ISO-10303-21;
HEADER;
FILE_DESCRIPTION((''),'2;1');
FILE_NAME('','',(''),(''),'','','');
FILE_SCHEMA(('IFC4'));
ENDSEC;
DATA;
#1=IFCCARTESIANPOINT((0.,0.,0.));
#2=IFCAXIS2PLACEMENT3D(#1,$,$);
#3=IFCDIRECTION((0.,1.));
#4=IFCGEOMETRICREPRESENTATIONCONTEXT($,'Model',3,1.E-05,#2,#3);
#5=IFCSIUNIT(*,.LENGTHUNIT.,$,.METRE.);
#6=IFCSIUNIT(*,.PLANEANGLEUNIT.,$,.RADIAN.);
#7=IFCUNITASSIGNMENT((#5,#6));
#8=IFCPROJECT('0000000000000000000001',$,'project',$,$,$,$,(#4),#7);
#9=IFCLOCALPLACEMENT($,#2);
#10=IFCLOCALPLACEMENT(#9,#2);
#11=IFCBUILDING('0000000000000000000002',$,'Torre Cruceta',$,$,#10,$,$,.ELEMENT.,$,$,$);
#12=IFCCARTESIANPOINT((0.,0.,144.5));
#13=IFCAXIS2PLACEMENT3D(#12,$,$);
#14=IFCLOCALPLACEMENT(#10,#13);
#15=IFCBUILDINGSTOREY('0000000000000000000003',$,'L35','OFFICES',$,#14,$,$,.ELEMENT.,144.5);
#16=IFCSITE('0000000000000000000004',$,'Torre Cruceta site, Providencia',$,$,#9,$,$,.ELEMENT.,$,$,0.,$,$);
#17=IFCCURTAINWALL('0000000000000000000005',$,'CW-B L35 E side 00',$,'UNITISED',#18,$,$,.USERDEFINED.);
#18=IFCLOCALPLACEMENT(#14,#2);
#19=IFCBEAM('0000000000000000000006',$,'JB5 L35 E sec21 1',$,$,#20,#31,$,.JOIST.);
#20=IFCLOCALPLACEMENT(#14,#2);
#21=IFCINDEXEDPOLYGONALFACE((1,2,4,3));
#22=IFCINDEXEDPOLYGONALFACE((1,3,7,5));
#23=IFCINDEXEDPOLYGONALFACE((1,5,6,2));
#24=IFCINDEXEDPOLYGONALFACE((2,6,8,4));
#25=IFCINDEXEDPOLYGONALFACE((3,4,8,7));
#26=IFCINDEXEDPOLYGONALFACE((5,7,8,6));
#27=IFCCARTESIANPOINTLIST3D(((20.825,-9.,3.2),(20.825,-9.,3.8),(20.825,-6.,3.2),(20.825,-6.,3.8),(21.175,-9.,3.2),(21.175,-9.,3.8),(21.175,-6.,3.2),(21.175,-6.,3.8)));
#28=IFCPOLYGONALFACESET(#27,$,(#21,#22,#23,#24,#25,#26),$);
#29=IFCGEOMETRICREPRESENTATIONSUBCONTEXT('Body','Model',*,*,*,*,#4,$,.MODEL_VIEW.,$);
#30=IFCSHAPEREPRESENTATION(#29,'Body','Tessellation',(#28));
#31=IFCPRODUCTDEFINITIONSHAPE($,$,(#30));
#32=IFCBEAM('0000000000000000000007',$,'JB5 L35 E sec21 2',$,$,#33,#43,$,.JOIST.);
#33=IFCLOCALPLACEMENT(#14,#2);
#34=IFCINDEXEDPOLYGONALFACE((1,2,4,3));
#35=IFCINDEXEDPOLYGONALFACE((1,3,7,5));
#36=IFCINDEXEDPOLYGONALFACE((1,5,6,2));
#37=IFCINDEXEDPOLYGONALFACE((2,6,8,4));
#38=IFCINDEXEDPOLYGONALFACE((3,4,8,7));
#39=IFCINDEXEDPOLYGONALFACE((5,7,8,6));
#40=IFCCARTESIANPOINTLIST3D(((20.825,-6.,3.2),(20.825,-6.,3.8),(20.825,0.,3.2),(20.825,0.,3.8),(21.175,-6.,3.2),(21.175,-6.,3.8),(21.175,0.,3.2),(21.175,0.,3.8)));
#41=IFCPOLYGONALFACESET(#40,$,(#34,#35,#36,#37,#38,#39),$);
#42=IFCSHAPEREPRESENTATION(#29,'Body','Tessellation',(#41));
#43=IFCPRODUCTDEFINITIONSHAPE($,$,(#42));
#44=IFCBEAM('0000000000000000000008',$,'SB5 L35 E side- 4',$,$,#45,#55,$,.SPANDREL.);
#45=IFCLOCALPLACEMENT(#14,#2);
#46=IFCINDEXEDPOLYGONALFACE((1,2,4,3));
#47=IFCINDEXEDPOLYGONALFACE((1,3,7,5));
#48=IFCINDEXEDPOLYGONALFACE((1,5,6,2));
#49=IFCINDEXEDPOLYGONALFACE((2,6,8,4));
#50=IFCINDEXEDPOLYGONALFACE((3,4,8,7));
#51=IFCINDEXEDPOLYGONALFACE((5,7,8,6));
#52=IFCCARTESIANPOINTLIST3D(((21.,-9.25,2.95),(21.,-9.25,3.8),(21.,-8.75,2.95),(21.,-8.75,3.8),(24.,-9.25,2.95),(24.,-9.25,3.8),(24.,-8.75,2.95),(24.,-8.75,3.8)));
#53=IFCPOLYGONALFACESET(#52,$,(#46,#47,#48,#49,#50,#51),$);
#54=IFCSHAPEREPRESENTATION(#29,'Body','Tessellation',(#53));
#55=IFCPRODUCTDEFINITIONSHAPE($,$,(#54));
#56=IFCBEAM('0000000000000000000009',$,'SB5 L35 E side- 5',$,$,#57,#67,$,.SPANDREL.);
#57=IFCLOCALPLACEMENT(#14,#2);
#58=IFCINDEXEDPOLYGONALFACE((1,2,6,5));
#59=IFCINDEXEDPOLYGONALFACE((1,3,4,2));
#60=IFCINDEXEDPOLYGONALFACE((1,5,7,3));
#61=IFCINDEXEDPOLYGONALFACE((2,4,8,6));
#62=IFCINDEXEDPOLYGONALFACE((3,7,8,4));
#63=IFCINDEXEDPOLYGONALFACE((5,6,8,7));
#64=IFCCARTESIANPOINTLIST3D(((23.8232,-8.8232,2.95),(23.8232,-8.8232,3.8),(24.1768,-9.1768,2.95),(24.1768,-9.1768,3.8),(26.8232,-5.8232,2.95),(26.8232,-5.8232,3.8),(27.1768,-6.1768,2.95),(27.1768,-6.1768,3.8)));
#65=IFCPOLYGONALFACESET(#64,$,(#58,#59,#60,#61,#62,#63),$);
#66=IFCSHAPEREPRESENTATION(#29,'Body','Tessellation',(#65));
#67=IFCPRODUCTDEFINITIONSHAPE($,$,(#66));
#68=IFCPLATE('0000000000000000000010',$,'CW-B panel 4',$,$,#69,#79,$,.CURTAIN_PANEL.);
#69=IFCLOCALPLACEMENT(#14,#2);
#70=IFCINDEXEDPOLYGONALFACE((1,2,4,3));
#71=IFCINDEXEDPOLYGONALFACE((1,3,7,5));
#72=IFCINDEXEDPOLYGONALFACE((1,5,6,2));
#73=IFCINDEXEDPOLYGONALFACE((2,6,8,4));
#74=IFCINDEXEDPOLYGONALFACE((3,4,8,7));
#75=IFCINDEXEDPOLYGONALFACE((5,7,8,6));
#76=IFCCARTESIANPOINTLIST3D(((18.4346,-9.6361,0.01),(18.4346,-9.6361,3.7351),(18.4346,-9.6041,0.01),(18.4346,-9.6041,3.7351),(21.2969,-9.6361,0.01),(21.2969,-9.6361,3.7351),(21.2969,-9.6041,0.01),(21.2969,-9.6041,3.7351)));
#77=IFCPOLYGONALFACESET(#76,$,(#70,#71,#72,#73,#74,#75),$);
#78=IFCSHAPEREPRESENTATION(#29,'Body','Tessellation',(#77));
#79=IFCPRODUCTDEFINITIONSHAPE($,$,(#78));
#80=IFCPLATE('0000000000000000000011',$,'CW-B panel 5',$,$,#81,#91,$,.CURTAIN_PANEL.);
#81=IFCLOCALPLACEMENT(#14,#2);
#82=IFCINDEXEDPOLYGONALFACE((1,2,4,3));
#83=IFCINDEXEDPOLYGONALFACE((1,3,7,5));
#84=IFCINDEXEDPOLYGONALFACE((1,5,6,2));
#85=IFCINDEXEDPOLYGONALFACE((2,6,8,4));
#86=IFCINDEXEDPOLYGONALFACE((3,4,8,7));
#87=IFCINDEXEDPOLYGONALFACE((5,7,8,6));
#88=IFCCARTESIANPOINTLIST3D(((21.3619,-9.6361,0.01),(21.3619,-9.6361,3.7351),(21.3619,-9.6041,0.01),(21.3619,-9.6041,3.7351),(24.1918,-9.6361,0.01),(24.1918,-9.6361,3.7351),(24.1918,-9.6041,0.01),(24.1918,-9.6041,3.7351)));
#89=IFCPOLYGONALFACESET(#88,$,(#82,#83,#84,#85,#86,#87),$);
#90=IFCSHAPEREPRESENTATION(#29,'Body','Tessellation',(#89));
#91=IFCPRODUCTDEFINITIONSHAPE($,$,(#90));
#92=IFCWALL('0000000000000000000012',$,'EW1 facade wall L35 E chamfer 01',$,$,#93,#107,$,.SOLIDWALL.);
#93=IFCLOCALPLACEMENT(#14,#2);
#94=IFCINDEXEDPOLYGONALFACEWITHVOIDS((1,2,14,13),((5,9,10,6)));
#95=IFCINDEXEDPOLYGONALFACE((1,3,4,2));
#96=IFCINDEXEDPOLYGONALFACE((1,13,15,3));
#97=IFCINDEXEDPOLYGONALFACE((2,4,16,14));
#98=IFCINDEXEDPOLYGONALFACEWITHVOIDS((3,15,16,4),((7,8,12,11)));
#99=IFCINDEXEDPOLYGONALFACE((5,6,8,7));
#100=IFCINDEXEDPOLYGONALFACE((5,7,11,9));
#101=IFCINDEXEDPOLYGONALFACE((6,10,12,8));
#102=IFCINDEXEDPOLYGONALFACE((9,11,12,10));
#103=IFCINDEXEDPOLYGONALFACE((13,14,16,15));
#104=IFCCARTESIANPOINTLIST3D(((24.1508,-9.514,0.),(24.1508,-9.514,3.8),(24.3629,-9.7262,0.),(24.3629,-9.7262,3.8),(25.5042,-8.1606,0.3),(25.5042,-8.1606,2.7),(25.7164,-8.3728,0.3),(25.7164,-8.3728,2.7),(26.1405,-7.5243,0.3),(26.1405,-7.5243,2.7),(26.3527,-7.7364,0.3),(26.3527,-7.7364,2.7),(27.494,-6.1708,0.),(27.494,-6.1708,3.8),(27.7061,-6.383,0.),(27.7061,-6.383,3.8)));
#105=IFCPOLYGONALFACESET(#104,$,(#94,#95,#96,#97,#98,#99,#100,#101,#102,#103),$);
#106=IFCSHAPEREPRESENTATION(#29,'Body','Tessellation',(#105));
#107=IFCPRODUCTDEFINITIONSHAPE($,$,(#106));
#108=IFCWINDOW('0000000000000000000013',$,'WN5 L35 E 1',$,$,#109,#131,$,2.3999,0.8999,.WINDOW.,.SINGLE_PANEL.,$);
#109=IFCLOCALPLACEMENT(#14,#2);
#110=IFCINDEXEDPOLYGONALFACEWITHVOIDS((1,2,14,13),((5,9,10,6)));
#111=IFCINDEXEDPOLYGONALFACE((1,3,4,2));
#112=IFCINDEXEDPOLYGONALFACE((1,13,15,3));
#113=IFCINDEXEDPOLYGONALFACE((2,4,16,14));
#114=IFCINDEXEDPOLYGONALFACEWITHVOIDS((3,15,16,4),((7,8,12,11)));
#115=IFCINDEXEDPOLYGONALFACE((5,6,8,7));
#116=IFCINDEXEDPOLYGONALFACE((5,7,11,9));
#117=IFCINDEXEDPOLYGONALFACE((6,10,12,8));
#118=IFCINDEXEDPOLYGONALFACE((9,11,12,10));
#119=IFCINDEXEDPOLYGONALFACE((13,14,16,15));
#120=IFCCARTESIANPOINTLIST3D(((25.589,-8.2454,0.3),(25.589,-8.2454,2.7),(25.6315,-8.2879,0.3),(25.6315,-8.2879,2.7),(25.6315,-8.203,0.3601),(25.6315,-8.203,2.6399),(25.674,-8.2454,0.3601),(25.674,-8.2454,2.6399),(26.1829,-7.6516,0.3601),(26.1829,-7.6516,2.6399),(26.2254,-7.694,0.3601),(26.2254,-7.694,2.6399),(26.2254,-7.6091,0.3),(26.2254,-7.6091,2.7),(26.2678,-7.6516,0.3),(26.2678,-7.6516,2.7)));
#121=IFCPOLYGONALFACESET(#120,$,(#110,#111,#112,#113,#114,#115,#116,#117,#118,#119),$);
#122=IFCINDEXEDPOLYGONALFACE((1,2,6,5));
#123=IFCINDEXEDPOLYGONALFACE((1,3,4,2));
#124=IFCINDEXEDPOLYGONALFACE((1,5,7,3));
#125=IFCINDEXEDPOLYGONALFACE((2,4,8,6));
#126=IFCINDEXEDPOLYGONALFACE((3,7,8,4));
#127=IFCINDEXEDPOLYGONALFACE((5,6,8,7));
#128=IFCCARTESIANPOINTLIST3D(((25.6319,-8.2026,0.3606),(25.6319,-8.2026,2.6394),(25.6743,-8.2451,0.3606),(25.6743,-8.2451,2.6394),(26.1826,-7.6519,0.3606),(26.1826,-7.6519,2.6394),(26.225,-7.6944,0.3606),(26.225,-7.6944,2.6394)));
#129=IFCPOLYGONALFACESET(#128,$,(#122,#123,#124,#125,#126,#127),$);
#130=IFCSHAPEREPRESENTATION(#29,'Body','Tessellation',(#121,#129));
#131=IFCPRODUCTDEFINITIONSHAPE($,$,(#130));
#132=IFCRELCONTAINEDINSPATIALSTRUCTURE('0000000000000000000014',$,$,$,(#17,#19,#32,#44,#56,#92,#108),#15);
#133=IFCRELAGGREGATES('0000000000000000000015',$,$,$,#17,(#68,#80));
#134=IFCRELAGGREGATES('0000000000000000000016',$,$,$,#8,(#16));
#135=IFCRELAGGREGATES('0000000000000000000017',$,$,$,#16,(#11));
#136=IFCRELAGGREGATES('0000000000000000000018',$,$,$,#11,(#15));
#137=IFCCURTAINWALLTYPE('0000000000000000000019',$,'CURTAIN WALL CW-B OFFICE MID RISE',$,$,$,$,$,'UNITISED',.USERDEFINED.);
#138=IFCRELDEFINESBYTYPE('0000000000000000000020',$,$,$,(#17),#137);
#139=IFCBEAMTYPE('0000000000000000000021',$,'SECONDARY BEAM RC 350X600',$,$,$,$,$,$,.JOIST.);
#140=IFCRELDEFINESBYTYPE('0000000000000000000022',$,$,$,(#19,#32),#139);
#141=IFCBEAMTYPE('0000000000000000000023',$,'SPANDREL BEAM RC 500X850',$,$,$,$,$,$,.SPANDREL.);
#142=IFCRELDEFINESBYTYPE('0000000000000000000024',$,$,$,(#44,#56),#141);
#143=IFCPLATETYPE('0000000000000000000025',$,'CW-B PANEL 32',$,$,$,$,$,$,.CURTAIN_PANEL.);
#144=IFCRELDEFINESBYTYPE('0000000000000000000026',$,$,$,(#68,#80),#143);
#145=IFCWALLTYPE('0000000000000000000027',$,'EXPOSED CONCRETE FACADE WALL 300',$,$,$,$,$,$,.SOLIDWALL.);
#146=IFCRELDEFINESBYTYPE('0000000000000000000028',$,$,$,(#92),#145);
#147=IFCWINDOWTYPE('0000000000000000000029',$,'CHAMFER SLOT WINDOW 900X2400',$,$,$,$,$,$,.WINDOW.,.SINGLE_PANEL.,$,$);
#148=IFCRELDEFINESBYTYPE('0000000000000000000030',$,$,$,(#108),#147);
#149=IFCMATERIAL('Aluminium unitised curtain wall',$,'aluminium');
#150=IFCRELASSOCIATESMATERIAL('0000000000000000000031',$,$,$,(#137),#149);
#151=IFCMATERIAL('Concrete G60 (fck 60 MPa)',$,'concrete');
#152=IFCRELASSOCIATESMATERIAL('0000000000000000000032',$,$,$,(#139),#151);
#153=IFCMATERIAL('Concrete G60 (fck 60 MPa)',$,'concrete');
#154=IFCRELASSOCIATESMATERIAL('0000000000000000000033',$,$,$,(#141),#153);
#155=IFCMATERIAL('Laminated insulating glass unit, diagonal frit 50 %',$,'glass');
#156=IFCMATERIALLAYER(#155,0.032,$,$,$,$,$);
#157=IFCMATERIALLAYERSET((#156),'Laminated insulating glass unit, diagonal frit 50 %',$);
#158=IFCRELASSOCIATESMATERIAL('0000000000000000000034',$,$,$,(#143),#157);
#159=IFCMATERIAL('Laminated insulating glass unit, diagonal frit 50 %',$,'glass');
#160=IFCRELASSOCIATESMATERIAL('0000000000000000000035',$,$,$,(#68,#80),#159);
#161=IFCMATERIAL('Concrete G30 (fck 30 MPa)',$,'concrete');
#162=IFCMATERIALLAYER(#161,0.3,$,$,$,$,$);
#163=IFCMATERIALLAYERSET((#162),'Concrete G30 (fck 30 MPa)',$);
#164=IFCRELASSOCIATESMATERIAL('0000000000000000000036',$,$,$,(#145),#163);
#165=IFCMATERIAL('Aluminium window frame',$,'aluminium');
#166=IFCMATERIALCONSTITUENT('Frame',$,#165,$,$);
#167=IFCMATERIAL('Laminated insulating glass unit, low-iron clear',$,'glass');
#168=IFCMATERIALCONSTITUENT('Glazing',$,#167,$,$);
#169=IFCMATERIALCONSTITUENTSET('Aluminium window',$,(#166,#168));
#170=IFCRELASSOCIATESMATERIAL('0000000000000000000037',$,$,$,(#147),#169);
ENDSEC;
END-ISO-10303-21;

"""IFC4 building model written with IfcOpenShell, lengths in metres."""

from ifc_helpers import new_model, si_unit, direction, frame, frame_2d, origin, origin_2d, place, context, subcontext, project, spatial, rectangle, hollow_rectangle, extrude, material, layer, layer_set, constituent, constituent_set, material_profile, profile_set, type_object, element, fill, aggregate, save


model = new_model("IFC4")

# Units and contexts
model_context = context("Model", 3, precision=1e-05, world=origin(), true_north=direction((0.0, 1.0)))
body_context = subcontext(model_context, "Body", "Model", "MODEL_VIEW")
ifc_project = project(units=[si_unit("LENGTHUNIT", "METRE"), si_unit("PLANEANGLEUNIT", "RADIAN")], contexts=[model_context])

# Site, building, storey
site_placement = place(None, origin())
site = spatial("IfcSite", under=ifc_project, at=site_placement, Name="Torre Cruceta site, Providencia", CompositionType="ELEMENT", RefElevation=0.0)
building_placement = place(site_placement, origin())
building = spatial("IfcBuilding", under=site, at=building_placement, Name="Torre Cruceta", CompositionType="ELEMENT")
storey_placement = place(building_placement, frame((0.0, 0.0, 144.5)))
storey = spatial("IfcBuildingStorey", under=building, at=storey_placement, Name="L35", Description="OFFICES", CompositionType="ELEMENT", Elevation=144.5)

# Curtain wall
ifc_material_1 = material(Name="Aluminium unitised curtain wall", Category="aluminium")
curtain_wall_type = type_object("IfcCurtainWallType", Name="CURTAIN WALL CW-B OFFICE MID RISE", ElementType="UNITISED", PredefinedType="USERDEFINED", material=ifc_material_1)
curtain_wall_placement = place(storey_placement, origin())
curtain_wall = element("IfcCurtainWall", 1, at=curtain_wall_placement, inside=storey, type_object=curtain_wall_type, Name="CW-B L35 E side 00", ObjectType="UNITISED", PredefinedType="USERDEFINED")

# Beams
ifc_material_2 = material(Name="Concrete G60 (fck 60 MPa)", Category="concrete")
ifc_material_profile_1 = material_profile(ifc_material_2, rectangle(XDim=0.3501, YDim=0.6001, at=origin_2d()), Name="RC 350X600")
ifc_profile_set_1 = profile_set([ifc_material_profile_1], Name="Concrete G60 (fck 60 MPa)")
beam_type_1 = type_object("IfcBeamType", Name="SECONDARY BEAM RC 350X600", PredefinedType="JOIST", material=ifc_profile_set_1)
beam_1_placement = place(storey_placement, frame((21.0, -9.0, 3.5), z_axis=(0.0, 1.0, 0.0), x_axis=(-1.0, 0.0, 0.0)))
element("IfcBeam", 2, at=beam_1_placement, inside=storey, type_object=beam_type_1, Name="JB5 L35 E sec21 1", PredefinedType="JOIST", context=body_context, shape_type="SweptSolid", body=[
    extrude(rectangle(XDim=0.3501, YDim=0.6001, at=origin_2d()), origin(), (0.0, 0.0, 1.0), 3.0),
])
beam_2_placement = place(storey_placement, frame((21.0, -6.0, 3.5), z_axis=(0.0, 1.0, 0.0), x_axis=(-1.0, 0.0, 0.0)))
element("IfcBeam", 3, at=beam_2_placement, inside=storey, type_object=beam_type_1, Name="JB5 L35 E sec21 2", PredefinedType="JOIST", context=body_context, shape_type="SweptSolid", body=[
    extrude(rectangle(XDim=0.3501, YDim=0.6001, at=origin_2d()), origin(), (0.0, 0.0, 1.0), 6.0),
])
ifc_material_3 = material(Name="Concrete G60 (fck 60 MPa)", Category="concrete")
ifc_material_profile_2 = material_profile(ifc_material_3, rectangle(XDim=0.5, YDim=0.8501, at=origin_2d()), Name="RC 500X850")
ifc_profile_set_2 = profile_set([ifc_material_profile_2], Name="Concrete G60 (fck 60 MPa)")
beam_type_2 = type_object("IfcBeamType", Name="SPANDREL BEAM RC 500X850", PredefinedType="SPANDREL", material=ifc_profile_set_2)
beam_3_placement = place(storey_placement, frame((21.0, -9.0, 3.375), z_axis=(1.0, 0.0, 0.0), x_axis=(0.0, 1.0, 0.0)))
element("IfcBeam", 4, at=beam_3_placement, inside=storey, type_object=beam_type_2, Name="SB5 L35 E side- 4", PredefinedType="SPANDREL", context=body_context, shape_type="SweptSolid", body=[
    extrude(rectangle(XDim=0.5, YDim=0.8501, at=origin_2d()), origin(), (0.0, 0.0, 1.0), 3.0),
])
beam_4_placement = place(storey_placement, frame((24.0, -9.0, 3.375), z_axis=(0.707107, 0.707107, 0.0), x_axis=(-0.707107, 0.707107, 0.0)))
element("IfcBeam", 5, at=beam_4_placement, inside=storey, type_object=beam_type_2, Name="SB5 L35 E side- 5", PredefinedType="SPANDREL", context=body_context, shape_type="SweptSolid", body=[
    extrude(rectangle(XDim=0.5, YDim=0.8501, at=origin_2d()), origin(), (0.0, 0.0, 1.0), 4.2427),
])

# Plates
ifc_material_4 = material(Name="Laminated insulating glass unit, diagonal frit 50 %", Category="glass")
ifc_material_5 = material(Name="Laminated insulating glass unit, diagonal frit 50 %", Category="glass")
ifc_layer_1 = layer(ifc_material_5, 0.032)
ifc_layer_set_1 = layer_set([ifc_layer_1], Name="Laminated insulating glass unit, diagonal frit 50 %")
plate_type = type_object("IfcPlateType", Name="CW-B PANEL 32", PredefinedType="CURTAIN_PANEL", material=ifc_layer_set_1)
plate_1_placement = place(storey_placement, frame((19.8657, -9.6201, 0.01), z_axis=(0.0, 0.0, 1.0), x_axis=(1.0, 0.0, 0.0)))
plate_1 = element("IfcPlate", 6, at=plate_1_placement, type_object=plate_type, material=ifc_material_4, Name="CW-B panel 4", PredefinedType="CURTAIN_PANEL", context=body_context, shape_type="SweptSolid", body=[
    extrude(rectangle(XDim=2.8623, YDim=0.032, at=origin_2d()), origin(), (0.0, 0.0, 1.0), 3.7251),
])
plate_2_placement = place(storey_placement, frame((22.7769, -9.6201, 0.01), z_axis=(0.0, 0.0, 1.0), x_axis=(1.0, 0.0, 0.0)))
plate_2 = element("IfcPlate", 7, at=plate_2_placement, type_object=plate_type, material=ifc_material_4, Name="CW-B panel 5", PredefinedType="CURTAIN_PANEL", context=body_context, shape_type="SweptSolid", body=[
    extrude(rectangle(XDim=2.8298, YDim=0.032, at=origin_2d()), origin(), (0.0, 0.0, 1.0), 3.7251),
])
aggregate(curtain_wall, [plate_1, plate_2])

# Wall, opening, window
ifc_material_6 = material(Name="Concrete G30 (fck 30 MPa)", Category="concrete")
ifc_layer_2 = layer(ifc_material_6, 0.3)
ifc_layer_set_2 = layer_set([ifc_layer_2], Name="Concrete G30 (fck 30 MPa)")
wall_type_1 = type_object("IfcWallType", Name="EXPOSED CONCRETE FACADE WALL 300", PredefinedType="SOLIDWALL", material=ifc_layer_set_2)
wall_1_placement = place(storey_placement, frame((24.2568, -9.6201, 0.0), z_axis=(0.0, 0.0, 1.0), x_axis=(0.707107, 0.707107, 0.0)))
wall_1 = element("IfcWall", 8, at=wall_1_placement, inside=storey, type_object=wall_type_1, Name="EW1 facade wall L35 E chamfer 01", PredefinedType="SOLIDWALL", context=body_context, shape_type="SweptSolid", body=[
    extrude(rectangle(XDim=4.728, YDim=0.3, at=frame_2d((2.364, 0.0))), origin(), (0.0, 0.0, 1.0), 3.8),
])
opening_1_placement = place(wall_1_placement, frame((1.9141, 0.0, 0.3)))
opening_1 = element("IfcOpeningElement", 9, at=opening_1_placement, cuts=wall_1, PredefinedType="OPENING", context=body_context, shape_type="SweptSolid", body=[
    extrude(rectangle(XDim=0.8999, YDim=2.3999, at=frame_2d((0.45, 1.2))), frame((0.0, 0.1599, 0.0), z_axis=(0.0, -1.0, 0.0), x_axis=(1.0, 0.0, 0.0)), (0.0, 0.0, 1.0), 0.3201),
])
ifc_material_7 = material(Name="Aluminium window frame", Category="aluminium")
ifc_constituent_1 = constituent(ifc_material_7, Name="Frame")
ifc_material_8 = material(Name="Laminated insulating glass unit, low-iron clear", Category="glass")
ifc_constituent_2 = constituent(ifc_material_8, Name="Glazing")
ifc_constituent_set_1 = constituent_set(constituents=[ifc_constituent_1, ifc_constituent_2], Name="Aluminium window")
window_type_1 = type_object("IfcWindowType", Name="CHAMFER SLOT WINDOW 900X2400", PartitioningType="SINGLE_PANEL", PredefinedType="WINDOW", material=ifc_constituent_set_1)
window_1_placement = place(opening_1_placement, origin())
window_1 = element("IfcWindow", 10, at=window_1_placement, inside=storey, type_object=window_type_1, Name="WN5 L35 E 1", OverallHeight=2.3999, OverallWidth=0.8999, PartitioningType="SINGLE_PANEL", PredefinedType="WINDOW", context=body_context, shape_type="SweptSolid", body=[
    extrude(hollow_rectangle(XDim=0.8999, YDim=2.3999, WallThickness=0.0601, at=frame_2d((0.45, 1.2))), frame((0.0, 0.03, 0.0), z_axis=(0.0, -1.0, 0.0), x_axis=(1.0, 0.0, 0.0)), (0.0, 0.0, 1.0), 0.0601),
    extrude(rectangle(XDim=0.7788, YDim=2.2788, at=frame_2d((0.45, 1.2))), frame((0.0, 0.03, 0.0), z_axis=(0.0, -1.0, 0.0), x_axis=(1.0, 0.0, 0.0)), (0.0, 0.0, 1.0), 0.0601),
])
fill(opening_1, window_1)

save(model, "model.ifc")
